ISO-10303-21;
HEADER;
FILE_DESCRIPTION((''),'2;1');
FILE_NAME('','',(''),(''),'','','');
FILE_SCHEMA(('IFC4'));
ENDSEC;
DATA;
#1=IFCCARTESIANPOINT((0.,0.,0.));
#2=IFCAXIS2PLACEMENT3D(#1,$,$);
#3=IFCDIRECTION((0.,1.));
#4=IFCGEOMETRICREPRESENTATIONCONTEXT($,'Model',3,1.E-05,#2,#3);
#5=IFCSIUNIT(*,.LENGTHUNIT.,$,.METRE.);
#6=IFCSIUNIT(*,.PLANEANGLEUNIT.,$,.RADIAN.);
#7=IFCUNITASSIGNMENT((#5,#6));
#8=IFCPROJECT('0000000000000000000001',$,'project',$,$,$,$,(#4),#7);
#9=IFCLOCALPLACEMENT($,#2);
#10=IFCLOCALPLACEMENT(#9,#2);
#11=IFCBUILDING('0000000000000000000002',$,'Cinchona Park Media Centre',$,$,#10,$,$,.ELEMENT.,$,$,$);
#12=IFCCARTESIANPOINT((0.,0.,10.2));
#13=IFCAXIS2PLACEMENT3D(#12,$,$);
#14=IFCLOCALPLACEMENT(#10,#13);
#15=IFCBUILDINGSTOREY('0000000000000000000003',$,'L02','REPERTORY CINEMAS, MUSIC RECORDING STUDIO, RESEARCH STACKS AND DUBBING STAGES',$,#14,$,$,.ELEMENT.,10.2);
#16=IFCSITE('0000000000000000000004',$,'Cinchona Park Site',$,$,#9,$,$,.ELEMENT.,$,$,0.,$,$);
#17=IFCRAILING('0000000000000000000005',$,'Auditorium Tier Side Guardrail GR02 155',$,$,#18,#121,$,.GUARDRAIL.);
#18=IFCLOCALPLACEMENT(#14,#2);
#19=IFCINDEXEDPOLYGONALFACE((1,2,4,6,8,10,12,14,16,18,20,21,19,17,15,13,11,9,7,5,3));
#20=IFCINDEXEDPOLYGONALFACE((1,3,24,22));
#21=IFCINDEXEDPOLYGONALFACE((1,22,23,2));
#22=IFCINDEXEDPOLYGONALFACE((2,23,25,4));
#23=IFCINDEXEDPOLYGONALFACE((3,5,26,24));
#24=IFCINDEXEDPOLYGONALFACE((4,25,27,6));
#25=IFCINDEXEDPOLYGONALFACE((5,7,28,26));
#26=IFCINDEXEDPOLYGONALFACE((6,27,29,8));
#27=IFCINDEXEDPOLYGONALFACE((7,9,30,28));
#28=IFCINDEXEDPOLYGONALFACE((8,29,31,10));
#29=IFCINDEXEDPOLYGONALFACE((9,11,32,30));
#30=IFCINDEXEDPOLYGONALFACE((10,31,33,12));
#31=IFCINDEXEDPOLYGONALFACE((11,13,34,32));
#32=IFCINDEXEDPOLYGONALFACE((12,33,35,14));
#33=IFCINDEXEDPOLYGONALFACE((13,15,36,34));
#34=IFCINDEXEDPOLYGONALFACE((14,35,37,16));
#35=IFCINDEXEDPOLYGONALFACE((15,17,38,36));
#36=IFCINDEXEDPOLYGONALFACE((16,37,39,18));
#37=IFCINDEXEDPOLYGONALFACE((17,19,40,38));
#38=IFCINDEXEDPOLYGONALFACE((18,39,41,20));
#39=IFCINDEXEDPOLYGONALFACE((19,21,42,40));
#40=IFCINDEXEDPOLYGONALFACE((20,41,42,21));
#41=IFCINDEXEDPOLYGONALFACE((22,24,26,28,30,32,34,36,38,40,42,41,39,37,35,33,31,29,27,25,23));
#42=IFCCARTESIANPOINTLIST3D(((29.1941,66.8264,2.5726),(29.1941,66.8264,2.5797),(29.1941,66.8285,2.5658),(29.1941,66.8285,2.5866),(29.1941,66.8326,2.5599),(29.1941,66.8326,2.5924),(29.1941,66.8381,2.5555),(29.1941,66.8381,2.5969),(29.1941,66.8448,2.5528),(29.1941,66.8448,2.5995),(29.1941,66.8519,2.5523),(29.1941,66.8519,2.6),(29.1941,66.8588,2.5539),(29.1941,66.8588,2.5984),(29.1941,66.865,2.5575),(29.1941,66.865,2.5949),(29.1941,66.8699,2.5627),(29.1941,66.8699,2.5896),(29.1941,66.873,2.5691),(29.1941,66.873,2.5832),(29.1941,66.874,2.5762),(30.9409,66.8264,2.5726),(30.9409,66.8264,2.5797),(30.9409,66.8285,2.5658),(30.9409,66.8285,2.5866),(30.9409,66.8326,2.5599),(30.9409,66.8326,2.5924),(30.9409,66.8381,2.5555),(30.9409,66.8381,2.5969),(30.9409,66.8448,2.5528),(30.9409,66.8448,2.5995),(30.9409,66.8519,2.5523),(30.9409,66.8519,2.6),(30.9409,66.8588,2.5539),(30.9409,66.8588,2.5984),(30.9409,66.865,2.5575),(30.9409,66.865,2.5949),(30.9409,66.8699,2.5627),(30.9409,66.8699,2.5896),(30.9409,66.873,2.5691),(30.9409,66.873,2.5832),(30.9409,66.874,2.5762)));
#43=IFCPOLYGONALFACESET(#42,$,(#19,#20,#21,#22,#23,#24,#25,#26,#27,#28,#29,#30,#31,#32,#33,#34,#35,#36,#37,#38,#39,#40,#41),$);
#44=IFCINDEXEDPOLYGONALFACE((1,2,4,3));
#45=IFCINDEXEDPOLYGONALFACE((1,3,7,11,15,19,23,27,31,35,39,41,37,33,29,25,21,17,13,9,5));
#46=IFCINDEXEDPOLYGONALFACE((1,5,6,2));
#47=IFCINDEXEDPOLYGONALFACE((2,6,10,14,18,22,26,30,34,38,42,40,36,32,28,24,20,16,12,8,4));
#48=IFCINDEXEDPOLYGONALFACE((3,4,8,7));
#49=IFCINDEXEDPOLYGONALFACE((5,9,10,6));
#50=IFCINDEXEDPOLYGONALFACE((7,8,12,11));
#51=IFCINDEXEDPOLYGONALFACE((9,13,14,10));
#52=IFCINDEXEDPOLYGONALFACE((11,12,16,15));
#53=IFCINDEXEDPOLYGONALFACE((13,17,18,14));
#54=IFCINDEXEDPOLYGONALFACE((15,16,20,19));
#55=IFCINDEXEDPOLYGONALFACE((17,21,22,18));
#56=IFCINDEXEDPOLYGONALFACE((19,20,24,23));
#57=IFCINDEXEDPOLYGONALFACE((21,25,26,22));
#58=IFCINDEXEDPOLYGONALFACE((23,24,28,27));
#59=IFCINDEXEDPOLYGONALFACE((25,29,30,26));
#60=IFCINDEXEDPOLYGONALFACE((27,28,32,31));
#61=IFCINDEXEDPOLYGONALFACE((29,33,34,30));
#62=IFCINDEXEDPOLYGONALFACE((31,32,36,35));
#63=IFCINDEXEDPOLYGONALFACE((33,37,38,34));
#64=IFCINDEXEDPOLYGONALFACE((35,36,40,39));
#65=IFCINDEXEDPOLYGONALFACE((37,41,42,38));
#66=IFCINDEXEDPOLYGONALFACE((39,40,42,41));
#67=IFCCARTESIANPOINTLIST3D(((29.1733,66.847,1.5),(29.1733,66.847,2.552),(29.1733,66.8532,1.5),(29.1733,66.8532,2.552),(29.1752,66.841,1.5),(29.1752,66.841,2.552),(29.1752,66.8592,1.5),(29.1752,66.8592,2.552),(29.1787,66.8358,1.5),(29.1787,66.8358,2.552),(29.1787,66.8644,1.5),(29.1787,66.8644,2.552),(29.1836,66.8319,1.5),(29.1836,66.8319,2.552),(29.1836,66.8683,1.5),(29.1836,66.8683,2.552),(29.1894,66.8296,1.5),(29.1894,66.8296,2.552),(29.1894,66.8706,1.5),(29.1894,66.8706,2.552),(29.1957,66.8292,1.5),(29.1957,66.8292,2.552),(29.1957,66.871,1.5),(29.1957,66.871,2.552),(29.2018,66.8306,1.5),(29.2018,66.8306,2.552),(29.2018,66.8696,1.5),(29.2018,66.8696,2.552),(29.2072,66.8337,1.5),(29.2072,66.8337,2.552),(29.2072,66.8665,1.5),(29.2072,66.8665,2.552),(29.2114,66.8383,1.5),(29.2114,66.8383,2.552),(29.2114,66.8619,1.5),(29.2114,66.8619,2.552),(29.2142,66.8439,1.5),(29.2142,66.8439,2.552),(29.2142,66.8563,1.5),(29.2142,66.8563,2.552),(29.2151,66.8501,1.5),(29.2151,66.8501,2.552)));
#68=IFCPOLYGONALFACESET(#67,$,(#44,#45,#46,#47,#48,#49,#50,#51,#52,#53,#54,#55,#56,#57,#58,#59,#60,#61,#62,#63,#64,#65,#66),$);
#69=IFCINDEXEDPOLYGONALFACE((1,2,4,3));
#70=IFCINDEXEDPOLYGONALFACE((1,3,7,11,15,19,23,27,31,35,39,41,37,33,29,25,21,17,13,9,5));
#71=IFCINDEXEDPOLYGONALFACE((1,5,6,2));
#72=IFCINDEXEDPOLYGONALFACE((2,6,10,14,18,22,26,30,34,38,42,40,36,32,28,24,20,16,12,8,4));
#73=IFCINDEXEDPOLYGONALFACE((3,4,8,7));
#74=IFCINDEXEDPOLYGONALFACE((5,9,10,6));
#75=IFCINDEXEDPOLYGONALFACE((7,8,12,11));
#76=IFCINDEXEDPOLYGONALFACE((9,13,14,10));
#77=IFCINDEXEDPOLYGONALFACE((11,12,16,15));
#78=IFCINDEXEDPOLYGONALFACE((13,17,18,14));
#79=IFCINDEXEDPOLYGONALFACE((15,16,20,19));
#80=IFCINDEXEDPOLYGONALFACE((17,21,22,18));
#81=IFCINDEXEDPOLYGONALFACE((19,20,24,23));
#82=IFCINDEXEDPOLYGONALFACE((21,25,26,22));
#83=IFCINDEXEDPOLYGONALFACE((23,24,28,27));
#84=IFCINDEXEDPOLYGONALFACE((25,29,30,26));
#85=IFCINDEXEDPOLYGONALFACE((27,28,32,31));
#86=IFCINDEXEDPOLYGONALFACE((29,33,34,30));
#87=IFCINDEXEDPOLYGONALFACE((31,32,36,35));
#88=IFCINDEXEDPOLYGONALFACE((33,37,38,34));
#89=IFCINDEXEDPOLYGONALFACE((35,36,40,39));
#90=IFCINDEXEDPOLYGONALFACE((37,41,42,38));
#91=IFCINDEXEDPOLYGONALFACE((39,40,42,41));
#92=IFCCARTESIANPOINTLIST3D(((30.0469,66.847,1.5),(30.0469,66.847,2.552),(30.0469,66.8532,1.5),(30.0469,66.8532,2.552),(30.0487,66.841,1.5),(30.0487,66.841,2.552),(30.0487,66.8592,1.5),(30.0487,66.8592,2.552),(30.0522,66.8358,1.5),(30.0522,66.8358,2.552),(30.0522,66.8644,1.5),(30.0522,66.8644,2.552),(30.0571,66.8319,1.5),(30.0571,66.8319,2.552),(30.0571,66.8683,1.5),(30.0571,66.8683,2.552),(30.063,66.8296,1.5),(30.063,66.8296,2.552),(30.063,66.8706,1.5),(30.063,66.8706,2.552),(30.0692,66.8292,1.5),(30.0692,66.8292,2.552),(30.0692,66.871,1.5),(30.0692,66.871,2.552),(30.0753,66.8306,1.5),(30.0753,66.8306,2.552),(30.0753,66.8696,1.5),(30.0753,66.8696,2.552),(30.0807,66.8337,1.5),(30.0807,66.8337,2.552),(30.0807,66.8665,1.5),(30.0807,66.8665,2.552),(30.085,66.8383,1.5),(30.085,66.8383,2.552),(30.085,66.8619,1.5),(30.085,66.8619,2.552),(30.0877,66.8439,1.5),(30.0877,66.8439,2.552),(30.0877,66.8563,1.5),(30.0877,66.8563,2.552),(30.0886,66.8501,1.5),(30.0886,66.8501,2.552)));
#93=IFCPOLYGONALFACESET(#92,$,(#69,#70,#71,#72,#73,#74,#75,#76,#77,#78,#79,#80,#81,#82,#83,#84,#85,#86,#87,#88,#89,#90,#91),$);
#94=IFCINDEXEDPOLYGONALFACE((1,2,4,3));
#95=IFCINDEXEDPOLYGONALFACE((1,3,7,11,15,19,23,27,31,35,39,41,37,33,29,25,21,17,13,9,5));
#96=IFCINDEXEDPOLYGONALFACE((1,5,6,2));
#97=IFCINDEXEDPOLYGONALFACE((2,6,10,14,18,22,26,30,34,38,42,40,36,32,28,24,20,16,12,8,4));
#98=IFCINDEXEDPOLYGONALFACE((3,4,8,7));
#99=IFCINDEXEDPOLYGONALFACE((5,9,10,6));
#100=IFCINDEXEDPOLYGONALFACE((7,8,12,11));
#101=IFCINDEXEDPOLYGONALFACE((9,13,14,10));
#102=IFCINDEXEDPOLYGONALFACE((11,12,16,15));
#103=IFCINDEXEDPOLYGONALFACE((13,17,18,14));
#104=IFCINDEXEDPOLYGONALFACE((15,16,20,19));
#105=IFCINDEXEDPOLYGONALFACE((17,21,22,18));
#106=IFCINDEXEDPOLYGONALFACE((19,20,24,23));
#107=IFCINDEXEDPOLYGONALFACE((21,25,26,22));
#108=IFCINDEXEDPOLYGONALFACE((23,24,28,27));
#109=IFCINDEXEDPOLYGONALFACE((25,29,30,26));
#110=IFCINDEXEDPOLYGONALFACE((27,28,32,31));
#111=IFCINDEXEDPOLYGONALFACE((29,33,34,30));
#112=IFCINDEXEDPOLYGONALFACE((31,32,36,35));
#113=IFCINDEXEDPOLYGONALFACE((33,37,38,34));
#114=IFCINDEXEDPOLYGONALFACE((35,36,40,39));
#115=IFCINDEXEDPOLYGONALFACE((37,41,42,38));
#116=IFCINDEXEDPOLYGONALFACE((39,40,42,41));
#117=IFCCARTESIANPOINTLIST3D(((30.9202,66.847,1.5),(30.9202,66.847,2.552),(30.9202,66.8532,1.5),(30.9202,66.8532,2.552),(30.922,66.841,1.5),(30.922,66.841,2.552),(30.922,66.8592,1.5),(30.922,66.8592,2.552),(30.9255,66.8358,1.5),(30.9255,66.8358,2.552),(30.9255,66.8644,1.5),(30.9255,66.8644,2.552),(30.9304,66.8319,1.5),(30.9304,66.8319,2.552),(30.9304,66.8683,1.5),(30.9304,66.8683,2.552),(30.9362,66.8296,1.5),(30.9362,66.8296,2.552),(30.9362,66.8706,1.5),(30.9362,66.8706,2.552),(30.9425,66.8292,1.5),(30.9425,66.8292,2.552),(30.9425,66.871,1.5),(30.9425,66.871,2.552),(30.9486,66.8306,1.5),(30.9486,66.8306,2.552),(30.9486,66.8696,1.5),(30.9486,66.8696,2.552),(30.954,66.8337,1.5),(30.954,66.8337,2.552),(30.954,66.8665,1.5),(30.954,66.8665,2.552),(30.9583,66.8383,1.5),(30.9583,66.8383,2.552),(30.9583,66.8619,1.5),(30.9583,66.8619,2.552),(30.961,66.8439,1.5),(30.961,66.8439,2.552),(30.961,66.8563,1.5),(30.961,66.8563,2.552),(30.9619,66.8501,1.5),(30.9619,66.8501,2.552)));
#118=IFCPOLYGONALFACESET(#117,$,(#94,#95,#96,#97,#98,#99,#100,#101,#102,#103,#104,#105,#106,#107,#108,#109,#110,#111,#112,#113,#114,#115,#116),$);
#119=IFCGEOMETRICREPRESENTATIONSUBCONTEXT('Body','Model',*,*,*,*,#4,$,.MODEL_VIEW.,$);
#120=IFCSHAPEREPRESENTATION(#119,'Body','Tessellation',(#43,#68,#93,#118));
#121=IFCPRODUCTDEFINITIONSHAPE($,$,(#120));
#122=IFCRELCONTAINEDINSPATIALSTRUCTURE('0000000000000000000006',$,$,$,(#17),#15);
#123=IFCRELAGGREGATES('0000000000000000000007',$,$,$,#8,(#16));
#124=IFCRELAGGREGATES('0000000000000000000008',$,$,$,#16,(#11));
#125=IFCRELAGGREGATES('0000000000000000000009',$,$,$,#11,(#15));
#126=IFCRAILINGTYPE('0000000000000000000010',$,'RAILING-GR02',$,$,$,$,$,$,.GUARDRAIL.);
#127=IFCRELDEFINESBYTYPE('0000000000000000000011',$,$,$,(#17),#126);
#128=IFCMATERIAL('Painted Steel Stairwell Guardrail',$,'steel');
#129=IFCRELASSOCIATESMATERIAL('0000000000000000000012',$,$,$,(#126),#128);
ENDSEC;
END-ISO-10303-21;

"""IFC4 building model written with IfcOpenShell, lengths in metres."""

from ifc_helpers import new_model, si_unit, direction, frame, origin, origin_2d, place, context, subcontext, project, spatial, circle, extrude, material, type_object, element, save


model = new_model("IFC4")

# Units and contexts
model_context = context("Model", 3, precision=1e-05, world=origin(), true_north=direction((0.0, 1.0)))
body_context = subcontext(model_context, "Body", "Model", "MODEL_VIEW")
ifc_project = project(units=[si_unit("LENGTHUNIT", "METRE"), si_unit("PLANEANGLEUNIT", "RADIAN")], contexts=[model_context])

# Site, building, storey
site_placement = place(None, origin())
site = spatial("IfcSite", under=ifc_project, at=site_placement, Name="Cinchona Park Site", CompositionType="ELEMENT", RefElevation=0.0)
building_placement = place(site_placement, origin())
building = spatial("IfcBuilding", under=site, at=building_placement, Name="Cinchona Park Media Centre", CompositionType="ELEMENT")
storey_placement = place(building_placement, frame((0.0, 0.0, 10.2)))
storey = spatial("IfcBuildingStorey", under=building, at=storey_placement, Name="L02", Description="REPERTORY CINEMAS, MUSIC RECORDING STUDIO, RESEARCH STACKS AND DUBBING STAGES", CompositionType="ELEMENT", Elevation=10.2)

# Railing
ifc_material_1 = material(Name="Painted Steel Stairwell Guardrail", Category="steel")
railing_type_1 = type_object("IfcRailingType", Name="RAILING-GR02", PredefinedType="GUARDRAIL", material=ifc_material_1)
railing_1_placement = place(storey_placement, frame((29.1941, 66.8501, 1.5)))
element("IfcRailing", 1, at=railing_1_placement, inside=storey, type_object=railing_type_1, Name="Auditorium Tier Side Guardrail GR02 155", PredefinedType="GUARDRAIL", context=body_context, shape_type="SweptSolid", body=[
    extrude(circle(Radius=0.0239, at=origin_2d()), frame((0.0, 0.0, 1.0762), z_axis=(1.0, 0.0, 0.0), x_axis=(0.0, 1.0, 0.0)), (0.0, 0.0, 1.0), 1.7468),
    extrude(circle(Radius=0.021, at=origin_2d()), origin(), (0.0, 0.0, 1.0), 1.052),
    extrude(circle(Radius=0.021, at=origin_2d()), frame((0.8735, 0.0, 0.0)), (0.0, 0.0, 1.0), 1.052),
    extrude(circle(Radius=0.021, at=origin_2d()), frame((1.7468, 0.0, 0.0)), (0.0, 0.0, 1.0), 1.052),
])

save(model, "model.ifc")
